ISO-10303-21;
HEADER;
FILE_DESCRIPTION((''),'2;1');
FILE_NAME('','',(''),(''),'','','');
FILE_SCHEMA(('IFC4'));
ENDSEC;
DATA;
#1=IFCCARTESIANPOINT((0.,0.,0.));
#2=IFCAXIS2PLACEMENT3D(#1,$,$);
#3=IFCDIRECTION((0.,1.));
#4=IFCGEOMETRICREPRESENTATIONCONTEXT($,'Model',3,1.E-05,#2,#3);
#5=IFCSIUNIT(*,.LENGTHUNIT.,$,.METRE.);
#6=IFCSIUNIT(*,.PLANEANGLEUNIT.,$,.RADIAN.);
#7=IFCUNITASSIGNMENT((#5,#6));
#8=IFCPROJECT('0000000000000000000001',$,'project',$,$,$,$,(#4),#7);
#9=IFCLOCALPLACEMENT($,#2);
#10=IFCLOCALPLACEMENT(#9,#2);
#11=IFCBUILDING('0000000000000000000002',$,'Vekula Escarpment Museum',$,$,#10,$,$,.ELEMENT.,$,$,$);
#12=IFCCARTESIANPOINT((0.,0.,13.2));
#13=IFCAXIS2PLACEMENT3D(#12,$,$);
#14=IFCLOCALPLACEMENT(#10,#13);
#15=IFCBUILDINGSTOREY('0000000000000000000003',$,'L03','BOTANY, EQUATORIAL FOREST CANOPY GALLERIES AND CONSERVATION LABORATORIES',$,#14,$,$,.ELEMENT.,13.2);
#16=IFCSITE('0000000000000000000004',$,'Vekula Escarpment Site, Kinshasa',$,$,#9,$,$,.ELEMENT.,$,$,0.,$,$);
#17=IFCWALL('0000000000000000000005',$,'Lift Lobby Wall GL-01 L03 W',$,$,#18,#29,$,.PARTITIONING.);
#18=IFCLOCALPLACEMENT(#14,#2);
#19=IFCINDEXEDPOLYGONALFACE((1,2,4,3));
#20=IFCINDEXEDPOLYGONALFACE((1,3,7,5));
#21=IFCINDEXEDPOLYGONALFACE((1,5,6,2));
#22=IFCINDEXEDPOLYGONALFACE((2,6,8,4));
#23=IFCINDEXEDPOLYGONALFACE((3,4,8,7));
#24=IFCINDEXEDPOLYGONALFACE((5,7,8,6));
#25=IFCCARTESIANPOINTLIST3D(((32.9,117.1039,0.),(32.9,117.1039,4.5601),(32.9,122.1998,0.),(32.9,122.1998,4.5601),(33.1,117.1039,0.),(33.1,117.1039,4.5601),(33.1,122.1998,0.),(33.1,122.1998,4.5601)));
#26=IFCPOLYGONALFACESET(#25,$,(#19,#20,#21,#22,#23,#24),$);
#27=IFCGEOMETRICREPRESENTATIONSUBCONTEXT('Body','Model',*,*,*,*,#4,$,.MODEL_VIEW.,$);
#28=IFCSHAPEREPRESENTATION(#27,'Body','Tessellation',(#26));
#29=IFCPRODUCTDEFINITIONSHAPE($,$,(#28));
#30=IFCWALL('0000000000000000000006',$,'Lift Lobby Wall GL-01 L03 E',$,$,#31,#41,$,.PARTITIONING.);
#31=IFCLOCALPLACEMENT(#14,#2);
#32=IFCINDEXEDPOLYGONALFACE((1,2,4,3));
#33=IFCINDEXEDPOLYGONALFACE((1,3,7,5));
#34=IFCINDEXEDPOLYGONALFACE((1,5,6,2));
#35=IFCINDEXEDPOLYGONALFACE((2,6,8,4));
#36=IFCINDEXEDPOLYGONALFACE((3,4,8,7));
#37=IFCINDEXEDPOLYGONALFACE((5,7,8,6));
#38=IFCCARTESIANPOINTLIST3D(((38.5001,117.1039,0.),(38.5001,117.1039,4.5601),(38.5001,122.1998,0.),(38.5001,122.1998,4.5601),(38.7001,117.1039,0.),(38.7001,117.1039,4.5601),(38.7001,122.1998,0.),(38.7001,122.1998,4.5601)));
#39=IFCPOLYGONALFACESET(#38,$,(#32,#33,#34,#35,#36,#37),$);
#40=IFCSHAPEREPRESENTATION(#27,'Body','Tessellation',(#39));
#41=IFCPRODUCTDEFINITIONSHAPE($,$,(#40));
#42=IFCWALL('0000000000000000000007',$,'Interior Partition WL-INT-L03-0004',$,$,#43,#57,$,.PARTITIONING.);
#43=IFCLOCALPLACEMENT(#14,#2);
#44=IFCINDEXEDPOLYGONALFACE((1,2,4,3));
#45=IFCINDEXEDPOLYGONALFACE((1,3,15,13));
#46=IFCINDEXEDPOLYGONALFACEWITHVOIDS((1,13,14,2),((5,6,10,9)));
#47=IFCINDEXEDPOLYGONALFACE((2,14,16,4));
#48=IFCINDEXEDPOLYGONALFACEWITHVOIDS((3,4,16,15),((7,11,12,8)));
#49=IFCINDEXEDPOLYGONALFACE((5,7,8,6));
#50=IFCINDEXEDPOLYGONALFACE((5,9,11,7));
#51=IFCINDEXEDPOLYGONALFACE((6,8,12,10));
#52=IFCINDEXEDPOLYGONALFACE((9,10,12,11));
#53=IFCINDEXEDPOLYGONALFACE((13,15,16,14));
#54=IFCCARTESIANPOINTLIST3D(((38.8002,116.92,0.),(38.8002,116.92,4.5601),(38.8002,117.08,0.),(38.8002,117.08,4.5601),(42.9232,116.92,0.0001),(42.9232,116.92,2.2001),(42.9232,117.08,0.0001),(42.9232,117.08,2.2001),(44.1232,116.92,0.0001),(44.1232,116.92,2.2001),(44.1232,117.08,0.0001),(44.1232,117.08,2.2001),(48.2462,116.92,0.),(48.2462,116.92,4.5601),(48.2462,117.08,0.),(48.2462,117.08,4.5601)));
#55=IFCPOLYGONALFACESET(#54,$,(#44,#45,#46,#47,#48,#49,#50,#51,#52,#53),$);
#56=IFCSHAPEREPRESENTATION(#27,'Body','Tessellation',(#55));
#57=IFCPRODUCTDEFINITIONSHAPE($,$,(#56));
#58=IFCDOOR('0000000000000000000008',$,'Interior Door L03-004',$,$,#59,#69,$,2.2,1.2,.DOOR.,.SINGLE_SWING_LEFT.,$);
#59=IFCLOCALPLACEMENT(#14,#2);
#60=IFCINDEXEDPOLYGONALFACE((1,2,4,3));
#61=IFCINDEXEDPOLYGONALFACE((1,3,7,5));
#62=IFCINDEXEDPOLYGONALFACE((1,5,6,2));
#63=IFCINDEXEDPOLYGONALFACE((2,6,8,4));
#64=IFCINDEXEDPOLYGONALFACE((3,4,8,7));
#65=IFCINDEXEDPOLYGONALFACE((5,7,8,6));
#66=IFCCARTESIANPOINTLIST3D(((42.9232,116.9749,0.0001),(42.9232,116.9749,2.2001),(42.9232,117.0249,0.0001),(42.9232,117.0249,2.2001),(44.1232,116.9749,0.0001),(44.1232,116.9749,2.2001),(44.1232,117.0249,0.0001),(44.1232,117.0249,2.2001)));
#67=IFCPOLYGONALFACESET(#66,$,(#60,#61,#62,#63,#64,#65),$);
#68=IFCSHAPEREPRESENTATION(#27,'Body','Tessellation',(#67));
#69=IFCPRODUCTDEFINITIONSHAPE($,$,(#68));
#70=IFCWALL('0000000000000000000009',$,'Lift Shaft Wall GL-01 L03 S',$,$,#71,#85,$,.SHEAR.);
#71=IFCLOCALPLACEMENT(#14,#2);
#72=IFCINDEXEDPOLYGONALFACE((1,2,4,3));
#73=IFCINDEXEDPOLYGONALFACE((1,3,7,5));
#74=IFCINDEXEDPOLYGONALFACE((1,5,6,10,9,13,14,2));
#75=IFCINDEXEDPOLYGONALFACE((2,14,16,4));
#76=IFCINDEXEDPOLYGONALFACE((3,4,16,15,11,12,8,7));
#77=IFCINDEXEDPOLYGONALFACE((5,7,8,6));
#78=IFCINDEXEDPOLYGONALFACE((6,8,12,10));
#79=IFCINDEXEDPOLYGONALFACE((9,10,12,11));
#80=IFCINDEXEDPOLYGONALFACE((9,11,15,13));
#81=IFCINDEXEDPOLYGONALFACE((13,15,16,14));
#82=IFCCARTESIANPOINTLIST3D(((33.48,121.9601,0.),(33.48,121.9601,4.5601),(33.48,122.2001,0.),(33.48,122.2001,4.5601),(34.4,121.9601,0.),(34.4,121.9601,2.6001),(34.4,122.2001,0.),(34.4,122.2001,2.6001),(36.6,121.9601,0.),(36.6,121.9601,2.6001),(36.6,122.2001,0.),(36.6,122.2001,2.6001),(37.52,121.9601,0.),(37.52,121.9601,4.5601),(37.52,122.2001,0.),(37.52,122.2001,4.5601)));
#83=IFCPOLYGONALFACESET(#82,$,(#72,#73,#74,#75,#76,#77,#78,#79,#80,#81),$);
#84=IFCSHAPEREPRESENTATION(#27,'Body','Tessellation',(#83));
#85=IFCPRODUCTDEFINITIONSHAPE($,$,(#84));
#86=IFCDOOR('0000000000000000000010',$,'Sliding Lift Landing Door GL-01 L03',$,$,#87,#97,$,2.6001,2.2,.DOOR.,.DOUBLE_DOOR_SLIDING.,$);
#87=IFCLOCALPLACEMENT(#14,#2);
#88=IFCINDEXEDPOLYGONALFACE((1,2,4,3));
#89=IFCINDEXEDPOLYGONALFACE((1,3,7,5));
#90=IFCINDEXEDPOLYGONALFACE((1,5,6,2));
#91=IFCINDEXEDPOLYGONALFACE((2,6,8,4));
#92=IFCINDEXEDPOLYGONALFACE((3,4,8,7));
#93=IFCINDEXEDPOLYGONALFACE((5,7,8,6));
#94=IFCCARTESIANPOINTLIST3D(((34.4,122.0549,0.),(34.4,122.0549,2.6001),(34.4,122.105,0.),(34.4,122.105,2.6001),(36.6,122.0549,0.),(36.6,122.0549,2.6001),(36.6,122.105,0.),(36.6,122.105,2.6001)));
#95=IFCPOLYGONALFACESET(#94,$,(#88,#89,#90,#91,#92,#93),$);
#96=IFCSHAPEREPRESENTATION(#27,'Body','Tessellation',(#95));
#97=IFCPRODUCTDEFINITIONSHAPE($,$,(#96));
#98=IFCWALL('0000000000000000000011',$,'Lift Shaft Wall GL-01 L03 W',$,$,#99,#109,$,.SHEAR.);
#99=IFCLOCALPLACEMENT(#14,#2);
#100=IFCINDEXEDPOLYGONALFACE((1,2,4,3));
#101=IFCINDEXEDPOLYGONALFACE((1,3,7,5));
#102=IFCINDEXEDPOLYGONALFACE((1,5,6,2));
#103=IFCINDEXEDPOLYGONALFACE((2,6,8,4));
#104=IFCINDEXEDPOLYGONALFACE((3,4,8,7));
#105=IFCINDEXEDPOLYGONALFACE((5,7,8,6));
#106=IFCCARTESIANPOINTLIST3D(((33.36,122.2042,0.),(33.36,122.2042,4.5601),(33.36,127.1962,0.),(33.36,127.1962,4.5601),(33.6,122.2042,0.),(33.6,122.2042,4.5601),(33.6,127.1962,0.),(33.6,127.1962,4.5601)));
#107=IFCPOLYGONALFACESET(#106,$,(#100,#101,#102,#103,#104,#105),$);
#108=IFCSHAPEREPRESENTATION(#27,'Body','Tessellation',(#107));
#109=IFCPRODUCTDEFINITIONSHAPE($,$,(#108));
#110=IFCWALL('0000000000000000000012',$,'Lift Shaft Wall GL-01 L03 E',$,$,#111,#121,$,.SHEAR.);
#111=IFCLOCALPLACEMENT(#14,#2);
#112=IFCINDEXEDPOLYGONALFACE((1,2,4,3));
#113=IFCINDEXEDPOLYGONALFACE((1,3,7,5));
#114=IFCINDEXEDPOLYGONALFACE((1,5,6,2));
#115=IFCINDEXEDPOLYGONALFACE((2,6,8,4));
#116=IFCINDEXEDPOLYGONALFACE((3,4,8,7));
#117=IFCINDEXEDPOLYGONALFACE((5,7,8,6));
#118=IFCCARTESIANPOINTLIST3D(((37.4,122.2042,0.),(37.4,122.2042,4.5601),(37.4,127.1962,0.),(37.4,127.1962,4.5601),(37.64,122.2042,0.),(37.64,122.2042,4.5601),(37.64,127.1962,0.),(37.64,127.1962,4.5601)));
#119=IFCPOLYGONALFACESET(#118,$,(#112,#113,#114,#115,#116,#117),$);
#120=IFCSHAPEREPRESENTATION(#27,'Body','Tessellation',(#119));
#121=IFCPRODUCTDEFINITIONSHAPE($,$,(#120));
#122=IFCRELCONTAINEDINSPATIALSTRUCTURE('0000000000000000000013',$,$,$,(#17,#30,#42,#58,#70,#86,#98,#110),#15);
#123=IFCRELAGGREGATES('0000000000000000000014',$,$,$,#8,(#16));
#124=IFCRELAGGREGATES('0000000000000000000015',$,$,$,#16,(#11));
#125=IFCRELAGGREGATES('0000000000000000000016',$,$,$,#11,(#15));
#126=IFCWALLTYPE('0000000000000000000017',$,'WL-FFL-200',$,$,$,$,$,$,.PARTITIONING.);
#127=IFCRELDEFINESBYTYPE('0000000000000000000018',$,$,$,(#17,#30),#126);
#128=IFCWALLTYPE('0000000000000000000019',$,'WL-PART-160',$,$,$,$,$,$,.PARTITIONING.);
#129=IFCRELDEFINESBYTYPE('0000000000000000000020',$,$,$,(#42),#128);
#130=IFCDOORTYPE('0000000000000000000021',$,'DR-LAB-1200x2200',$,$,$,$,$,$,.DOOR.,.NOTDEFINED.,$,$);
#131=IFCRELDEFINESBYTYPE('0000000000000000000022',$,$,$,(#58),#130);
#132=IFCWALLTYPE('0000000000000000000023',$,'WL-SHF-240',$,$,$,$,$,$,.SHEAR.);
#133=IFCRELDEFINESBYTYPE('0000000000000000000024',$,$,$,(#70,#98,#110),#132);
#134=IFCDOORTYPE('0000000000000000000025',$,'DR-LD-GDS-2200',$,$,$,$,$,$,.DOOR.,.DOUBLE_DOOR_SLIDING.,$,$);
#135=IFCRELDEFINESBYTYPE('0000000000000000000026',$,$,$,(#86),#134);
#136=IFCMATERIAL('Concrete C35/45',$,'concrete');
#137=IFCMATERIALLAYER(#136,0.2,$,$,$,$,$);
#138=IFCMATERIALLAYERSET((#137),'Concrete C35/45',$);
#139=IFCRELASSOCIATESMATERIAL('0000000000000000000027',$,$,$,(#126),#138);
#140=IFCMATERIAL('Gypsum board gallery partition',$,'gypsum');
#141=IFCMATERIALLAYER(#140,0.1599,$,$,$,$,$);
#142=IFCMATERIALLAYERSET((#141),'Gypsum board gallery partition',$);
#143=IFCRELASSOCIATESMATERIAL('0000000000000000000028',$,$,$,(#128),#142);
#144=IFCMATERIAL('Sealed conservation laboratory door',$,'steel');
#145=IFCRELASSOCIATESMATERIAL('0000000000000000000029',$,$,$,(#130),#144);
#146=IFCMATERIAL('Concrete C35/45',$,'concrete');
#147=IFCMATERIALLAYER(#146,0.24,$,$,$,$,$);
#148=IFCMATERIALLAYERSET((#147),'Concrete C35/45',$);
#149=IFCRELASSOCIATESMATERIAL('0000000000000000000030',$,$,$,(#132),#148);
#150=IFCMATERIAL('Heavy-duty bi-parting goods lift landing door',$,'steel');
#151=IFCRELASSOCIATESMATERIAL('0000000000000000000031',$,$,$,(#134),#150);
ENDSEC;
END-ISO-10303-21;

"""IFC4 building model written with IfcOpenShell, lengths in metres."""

from ifc_helpers import new_model, si_unit, direction, frame, frame_2d, origin, place, context, subcontext, project, spatial, rectangle, extrude, material, layer, layer_set, type_object, element, fill, save


model = new_model("IFC4")

# Units and contexts
model_context = context("Model", 3, precision=1e-05, world=origin(), true_north=direction((0.0, 1.0)))
body_context = subcontext(model_context, "Body", "Model", "MODEL_VIEW")
ifc_project = project(units=[si_unit("LENGTHUNIT", "METRE"), si_unit("PLANEANGLEUNIT", "RADIAN")], contexts=[model_context])

# Site, building, storey
site_placement = place(None, origin())
site = spatial("IfcSite", under=ifc_project, at=site_placement, Name="Vekula Escarpment Site, Kinshasa", CompositionType="ELEMENT", RefElevation=0.0)
building_placement = place(site_placement, origin())
building = spatial("IfcBuilding", under=site, at=building_placement, Name="Vekula Escarpment Museum", CompositionType="ELEMENT")
storey_placement = place(building_placement, frame((0.0, 0.0, 13.2)))
storey = spatial("IfcBuildingStorey", under=building, at=storey_placement, Name="L03", Description="BOTANY, EQUATORIAL FOREST CANOPY GALLERIES AND CONSERVATION LABORATORIES", CompositionType="ELEMENT", Elevation=13.2)

# Shared definitions
ifc_material_1 = material(Name="Concrete C35/45", Category="concrete")
ifc_layer_1 = layer(ifc_material_1, 0.2)
ifc_layer_set_1 = layer_set([ifc_layer_1], Name="Concrete C35/45")
wall_type_1 = type_object("IfcWallType", Name="WL-FFL-200", PredefinedType="PARTITIONING", material=ifc_layer_set_1)

# Walls
for number, where, z_axis, x_axis, name in (
    (1, (33.0, 117.104, 0.0), (0.0, 0.0, 1.0), (0.0, 1.0, 0.0), "Lift Lobby Wall GL-01 L03 W"),
    (2, (38.6001, 117.104, 0.0), (0.0, 0.0, 1.0), (0.0, 1.0, 0.0), "Lift Lobby Wall GL-01 L03 E"),
):
    element("IfcWall", number, at=place(storey_placement, frame(where, z_axis=z_axis, x_axis=x_axis)), inside=storey, type_object=wall_type_1, Name=name, PredefinedType="PARTITIONING", context=body_context, shape_type="SweptSolid", body=[
        extrude(rectangle(XDim=5.0959, YDim=0.2, at=frame_2d((2.5479, 0.0))), origin(), (0.0, 0.0, 1.0), 4.5601),
    ])

# Walls, openings, doors
ifc_material_2 = material(Name="Gypsum board gallery partition", Category="gypsum")
ifc_layer_2 = layer(ifc_material_2, 0.1599)
ifc_layer_set_2 = layer_set([ifc_layer_2], Name="Gypsum board gallery partition")
wall_type_2 = type_object("IfcWallType", Name="WL-PART-160", PredefinedType="PARTITIONING", material=ifc_layer_set_2)
wall_1_placement = place(storey_placement, frame((38.8, 117.0, 0.0), z_axis=(0.0, 0.0, 1.0), x_axis=(1.0, 0.0, 0.0)))
wall_1 = element("IfcWall", 3, at=wall_1_placement, inside=storey, type_object=wall_type_2, Name="Interior Partition WL-INT-L03-0004", PredefinedType="PARTITIONING", context=body_context, shape_type="SweptSolid", body=[
    extrude(rectangle(XDim=9.446, YDim=0.1599, at=frame_2d((4.7231, 0.0))), origin(), (0.0, 0.0, 1.0), 4.5601),
])
opening_1_placement = place(wall_1_placement, frame((4.123, 0.0, 0.0)))
opening_1 = element("IfcOpeningElement", 4, at=opening_1_placement, cuts=wall_1, PredefinedType="OPENING", context=body_context, shape_type="SweptSolid", body=[
    extrude(rectangle(XDim=1.2, YDim=2.2, at=frame_2d((0.6001, 1.1001))), frame((0.0, 0.0898, 0.0), z_axis=(0.0, -1.0, 0.0), x_axis=(1.0, 0.0, 0.0)), (0.0, 0.0, 1.0), 0.1799),
])
ifc_material_3 = material(Name="Sealed conservation laboratory door", Category="steel")
door_type_1 = type_object("IfcDoorType", Name="DR-LAB-1200x2200", OperationType="NOTDEFINED", PredefinedType="DOOR", material=ifc_material_3)
door_1_placement = place(opening_1_placement, origin())
door_1 = element("IfcDoor", 5, at=door_1_placement, inside=storey, type_object=door_type_1, Name="Interior Door L03-004", OperationType="SINGLE_SWING_LEFT", OverallHeight=2.2, OverallWidth=1.2, PredefinedType="DOOR", context=body_context, shape_type="SweptSolid", body=[
    extrude(rectangle(XDim=1.2, YDim=2.2, at=frame_2d((0.6001, 1.1001))), frame((0.0, 0.0249, 0.0), z_axis=(0.0, -1.0, 0.0), x_axis=(1.0, 0.0, 0.0)), (0.0, 0.0, 1.0), 0.05),
])
fill(opening_1, door_1)
ifc_material_4 = material(Name="Concrete C35/45", Category="concrete")
ifc_layer_3 = layer(ifc_material_4, 0.24)
ifc_layer_set_3 = layer_set([ifc_layer_3], Name="Concrete C35/45")
wall_type_3 = type_object("IfcWallType", Name="WL-SHF-240", PredefinedType="SHEAR", material=ifc_layer_set_3)
wall_2_placement = place(storey_placement, frame((33.48, 122.0801, 0.0), z_axis=(0.0, 0.0, 1.0), x_axis=(1.0, 0.0, 0.0)))
wall_2 = element("IfcWall", 6, at=wall_2_placement, inside=storey, type_object=wall_type_3, Name="Lift Shaft Wall GL-01 L03 S", PredefinedType="SHEAR", context=body_context, shape_type="SweptSolid", body=[
    extrude(rectangle(XDim=4.04, YDim=0.24, at=frame_2d((2.02, 0.0))), origin(), (0.0, 0.0, 1.0), 4.5601),
])
opening_2_placement = place(wall_2_placement, frame((0.9199, 0.0, 0.0)))
opening_2 = element("IfcOpeningElement", 7, at=opening_2_placement, cuts=wall_2, PredefinedType="OPENING", context=body_context, shape_type="SweptSolid", body=[
    extrude(rectangle(XDim=2.2, YDim=2.6001, at=frame_2d((1.1001, 1.3))), frame((0.0, 0.1299, 0.0), z_axis=(0.0, -1.0, 0.0), x_axis=(1.0, 0.0, 0.0)), (0.0, 0.0, 1.0), 0.26),
])
ifc_material_5 = material(Name="Heavy-duty bi-parting goods lift landing door", Category="steel")
door_type_2 = type_object("IfcDoorType", Name="DR-LD-GDS-2200", OperationType="DOUBLE_DOOR_SLIDING", PredefinedType="DOOR", material=ifc_material_5)
door_2_placement = place(opening_2_placement, origin())
door_2 = element("IfcDoor", 8, at=door_2_placement, inside=storey, type_object=door_type_2, Name="Sliding Lift Landing Door GL-01 L03", OperationType="DOUBLE_DOOR_SLIDING", OverallHeight=2.6001, OverallWidth=2.2, PredefinedType="DOOR", context=body_context, shape_type="SweptSolid", body=[
    extrude(rectangle(XDim=2.2, YDim=2.6001, at=frame_2d((1.1001, 1.3))), frame((0.0, 0.0249, 0.0), z_axis=(0.0, -1.0, 0.0), x_axis=(1.0, 0.0, 0.0)), (0.0, 0.0, 1.0), 0.05),
])
fill(opening_2, door_2)

# Walls
for number, where, z_axis, x_axis, name in (
    (9, (33.48, 122.2041, 0.0), (0.0, 0.0, 1.0), (0.0, 1.0, 0.0), "Lift Shaft Wall GL-01 L03 W"),
    (10, (37.52, 122.2041, 0.0), (0.0, 0.0, 1.0), (0.0, 1.0, 0.0), "Lift Shaft Wall GL-01 L03 E"),
):
    element("IfcWall", number, at=place(storey_placement, frame(where, z_axis=z_axis, x_axis=x_axis)), inside=storey, type_object=wall_type_3, Name=name, PredefinedType="SHEAR", context=body_context, shape_type="SweptSolid", body=[
        extrude(rectangle(XDim=4.9919, YDim=0.24, at=frame_2d((2.4961, 0.0))), origin(), (0.0, 0.0, 1.0), 4.5601),
    ])

save(model, "model.ifc")
